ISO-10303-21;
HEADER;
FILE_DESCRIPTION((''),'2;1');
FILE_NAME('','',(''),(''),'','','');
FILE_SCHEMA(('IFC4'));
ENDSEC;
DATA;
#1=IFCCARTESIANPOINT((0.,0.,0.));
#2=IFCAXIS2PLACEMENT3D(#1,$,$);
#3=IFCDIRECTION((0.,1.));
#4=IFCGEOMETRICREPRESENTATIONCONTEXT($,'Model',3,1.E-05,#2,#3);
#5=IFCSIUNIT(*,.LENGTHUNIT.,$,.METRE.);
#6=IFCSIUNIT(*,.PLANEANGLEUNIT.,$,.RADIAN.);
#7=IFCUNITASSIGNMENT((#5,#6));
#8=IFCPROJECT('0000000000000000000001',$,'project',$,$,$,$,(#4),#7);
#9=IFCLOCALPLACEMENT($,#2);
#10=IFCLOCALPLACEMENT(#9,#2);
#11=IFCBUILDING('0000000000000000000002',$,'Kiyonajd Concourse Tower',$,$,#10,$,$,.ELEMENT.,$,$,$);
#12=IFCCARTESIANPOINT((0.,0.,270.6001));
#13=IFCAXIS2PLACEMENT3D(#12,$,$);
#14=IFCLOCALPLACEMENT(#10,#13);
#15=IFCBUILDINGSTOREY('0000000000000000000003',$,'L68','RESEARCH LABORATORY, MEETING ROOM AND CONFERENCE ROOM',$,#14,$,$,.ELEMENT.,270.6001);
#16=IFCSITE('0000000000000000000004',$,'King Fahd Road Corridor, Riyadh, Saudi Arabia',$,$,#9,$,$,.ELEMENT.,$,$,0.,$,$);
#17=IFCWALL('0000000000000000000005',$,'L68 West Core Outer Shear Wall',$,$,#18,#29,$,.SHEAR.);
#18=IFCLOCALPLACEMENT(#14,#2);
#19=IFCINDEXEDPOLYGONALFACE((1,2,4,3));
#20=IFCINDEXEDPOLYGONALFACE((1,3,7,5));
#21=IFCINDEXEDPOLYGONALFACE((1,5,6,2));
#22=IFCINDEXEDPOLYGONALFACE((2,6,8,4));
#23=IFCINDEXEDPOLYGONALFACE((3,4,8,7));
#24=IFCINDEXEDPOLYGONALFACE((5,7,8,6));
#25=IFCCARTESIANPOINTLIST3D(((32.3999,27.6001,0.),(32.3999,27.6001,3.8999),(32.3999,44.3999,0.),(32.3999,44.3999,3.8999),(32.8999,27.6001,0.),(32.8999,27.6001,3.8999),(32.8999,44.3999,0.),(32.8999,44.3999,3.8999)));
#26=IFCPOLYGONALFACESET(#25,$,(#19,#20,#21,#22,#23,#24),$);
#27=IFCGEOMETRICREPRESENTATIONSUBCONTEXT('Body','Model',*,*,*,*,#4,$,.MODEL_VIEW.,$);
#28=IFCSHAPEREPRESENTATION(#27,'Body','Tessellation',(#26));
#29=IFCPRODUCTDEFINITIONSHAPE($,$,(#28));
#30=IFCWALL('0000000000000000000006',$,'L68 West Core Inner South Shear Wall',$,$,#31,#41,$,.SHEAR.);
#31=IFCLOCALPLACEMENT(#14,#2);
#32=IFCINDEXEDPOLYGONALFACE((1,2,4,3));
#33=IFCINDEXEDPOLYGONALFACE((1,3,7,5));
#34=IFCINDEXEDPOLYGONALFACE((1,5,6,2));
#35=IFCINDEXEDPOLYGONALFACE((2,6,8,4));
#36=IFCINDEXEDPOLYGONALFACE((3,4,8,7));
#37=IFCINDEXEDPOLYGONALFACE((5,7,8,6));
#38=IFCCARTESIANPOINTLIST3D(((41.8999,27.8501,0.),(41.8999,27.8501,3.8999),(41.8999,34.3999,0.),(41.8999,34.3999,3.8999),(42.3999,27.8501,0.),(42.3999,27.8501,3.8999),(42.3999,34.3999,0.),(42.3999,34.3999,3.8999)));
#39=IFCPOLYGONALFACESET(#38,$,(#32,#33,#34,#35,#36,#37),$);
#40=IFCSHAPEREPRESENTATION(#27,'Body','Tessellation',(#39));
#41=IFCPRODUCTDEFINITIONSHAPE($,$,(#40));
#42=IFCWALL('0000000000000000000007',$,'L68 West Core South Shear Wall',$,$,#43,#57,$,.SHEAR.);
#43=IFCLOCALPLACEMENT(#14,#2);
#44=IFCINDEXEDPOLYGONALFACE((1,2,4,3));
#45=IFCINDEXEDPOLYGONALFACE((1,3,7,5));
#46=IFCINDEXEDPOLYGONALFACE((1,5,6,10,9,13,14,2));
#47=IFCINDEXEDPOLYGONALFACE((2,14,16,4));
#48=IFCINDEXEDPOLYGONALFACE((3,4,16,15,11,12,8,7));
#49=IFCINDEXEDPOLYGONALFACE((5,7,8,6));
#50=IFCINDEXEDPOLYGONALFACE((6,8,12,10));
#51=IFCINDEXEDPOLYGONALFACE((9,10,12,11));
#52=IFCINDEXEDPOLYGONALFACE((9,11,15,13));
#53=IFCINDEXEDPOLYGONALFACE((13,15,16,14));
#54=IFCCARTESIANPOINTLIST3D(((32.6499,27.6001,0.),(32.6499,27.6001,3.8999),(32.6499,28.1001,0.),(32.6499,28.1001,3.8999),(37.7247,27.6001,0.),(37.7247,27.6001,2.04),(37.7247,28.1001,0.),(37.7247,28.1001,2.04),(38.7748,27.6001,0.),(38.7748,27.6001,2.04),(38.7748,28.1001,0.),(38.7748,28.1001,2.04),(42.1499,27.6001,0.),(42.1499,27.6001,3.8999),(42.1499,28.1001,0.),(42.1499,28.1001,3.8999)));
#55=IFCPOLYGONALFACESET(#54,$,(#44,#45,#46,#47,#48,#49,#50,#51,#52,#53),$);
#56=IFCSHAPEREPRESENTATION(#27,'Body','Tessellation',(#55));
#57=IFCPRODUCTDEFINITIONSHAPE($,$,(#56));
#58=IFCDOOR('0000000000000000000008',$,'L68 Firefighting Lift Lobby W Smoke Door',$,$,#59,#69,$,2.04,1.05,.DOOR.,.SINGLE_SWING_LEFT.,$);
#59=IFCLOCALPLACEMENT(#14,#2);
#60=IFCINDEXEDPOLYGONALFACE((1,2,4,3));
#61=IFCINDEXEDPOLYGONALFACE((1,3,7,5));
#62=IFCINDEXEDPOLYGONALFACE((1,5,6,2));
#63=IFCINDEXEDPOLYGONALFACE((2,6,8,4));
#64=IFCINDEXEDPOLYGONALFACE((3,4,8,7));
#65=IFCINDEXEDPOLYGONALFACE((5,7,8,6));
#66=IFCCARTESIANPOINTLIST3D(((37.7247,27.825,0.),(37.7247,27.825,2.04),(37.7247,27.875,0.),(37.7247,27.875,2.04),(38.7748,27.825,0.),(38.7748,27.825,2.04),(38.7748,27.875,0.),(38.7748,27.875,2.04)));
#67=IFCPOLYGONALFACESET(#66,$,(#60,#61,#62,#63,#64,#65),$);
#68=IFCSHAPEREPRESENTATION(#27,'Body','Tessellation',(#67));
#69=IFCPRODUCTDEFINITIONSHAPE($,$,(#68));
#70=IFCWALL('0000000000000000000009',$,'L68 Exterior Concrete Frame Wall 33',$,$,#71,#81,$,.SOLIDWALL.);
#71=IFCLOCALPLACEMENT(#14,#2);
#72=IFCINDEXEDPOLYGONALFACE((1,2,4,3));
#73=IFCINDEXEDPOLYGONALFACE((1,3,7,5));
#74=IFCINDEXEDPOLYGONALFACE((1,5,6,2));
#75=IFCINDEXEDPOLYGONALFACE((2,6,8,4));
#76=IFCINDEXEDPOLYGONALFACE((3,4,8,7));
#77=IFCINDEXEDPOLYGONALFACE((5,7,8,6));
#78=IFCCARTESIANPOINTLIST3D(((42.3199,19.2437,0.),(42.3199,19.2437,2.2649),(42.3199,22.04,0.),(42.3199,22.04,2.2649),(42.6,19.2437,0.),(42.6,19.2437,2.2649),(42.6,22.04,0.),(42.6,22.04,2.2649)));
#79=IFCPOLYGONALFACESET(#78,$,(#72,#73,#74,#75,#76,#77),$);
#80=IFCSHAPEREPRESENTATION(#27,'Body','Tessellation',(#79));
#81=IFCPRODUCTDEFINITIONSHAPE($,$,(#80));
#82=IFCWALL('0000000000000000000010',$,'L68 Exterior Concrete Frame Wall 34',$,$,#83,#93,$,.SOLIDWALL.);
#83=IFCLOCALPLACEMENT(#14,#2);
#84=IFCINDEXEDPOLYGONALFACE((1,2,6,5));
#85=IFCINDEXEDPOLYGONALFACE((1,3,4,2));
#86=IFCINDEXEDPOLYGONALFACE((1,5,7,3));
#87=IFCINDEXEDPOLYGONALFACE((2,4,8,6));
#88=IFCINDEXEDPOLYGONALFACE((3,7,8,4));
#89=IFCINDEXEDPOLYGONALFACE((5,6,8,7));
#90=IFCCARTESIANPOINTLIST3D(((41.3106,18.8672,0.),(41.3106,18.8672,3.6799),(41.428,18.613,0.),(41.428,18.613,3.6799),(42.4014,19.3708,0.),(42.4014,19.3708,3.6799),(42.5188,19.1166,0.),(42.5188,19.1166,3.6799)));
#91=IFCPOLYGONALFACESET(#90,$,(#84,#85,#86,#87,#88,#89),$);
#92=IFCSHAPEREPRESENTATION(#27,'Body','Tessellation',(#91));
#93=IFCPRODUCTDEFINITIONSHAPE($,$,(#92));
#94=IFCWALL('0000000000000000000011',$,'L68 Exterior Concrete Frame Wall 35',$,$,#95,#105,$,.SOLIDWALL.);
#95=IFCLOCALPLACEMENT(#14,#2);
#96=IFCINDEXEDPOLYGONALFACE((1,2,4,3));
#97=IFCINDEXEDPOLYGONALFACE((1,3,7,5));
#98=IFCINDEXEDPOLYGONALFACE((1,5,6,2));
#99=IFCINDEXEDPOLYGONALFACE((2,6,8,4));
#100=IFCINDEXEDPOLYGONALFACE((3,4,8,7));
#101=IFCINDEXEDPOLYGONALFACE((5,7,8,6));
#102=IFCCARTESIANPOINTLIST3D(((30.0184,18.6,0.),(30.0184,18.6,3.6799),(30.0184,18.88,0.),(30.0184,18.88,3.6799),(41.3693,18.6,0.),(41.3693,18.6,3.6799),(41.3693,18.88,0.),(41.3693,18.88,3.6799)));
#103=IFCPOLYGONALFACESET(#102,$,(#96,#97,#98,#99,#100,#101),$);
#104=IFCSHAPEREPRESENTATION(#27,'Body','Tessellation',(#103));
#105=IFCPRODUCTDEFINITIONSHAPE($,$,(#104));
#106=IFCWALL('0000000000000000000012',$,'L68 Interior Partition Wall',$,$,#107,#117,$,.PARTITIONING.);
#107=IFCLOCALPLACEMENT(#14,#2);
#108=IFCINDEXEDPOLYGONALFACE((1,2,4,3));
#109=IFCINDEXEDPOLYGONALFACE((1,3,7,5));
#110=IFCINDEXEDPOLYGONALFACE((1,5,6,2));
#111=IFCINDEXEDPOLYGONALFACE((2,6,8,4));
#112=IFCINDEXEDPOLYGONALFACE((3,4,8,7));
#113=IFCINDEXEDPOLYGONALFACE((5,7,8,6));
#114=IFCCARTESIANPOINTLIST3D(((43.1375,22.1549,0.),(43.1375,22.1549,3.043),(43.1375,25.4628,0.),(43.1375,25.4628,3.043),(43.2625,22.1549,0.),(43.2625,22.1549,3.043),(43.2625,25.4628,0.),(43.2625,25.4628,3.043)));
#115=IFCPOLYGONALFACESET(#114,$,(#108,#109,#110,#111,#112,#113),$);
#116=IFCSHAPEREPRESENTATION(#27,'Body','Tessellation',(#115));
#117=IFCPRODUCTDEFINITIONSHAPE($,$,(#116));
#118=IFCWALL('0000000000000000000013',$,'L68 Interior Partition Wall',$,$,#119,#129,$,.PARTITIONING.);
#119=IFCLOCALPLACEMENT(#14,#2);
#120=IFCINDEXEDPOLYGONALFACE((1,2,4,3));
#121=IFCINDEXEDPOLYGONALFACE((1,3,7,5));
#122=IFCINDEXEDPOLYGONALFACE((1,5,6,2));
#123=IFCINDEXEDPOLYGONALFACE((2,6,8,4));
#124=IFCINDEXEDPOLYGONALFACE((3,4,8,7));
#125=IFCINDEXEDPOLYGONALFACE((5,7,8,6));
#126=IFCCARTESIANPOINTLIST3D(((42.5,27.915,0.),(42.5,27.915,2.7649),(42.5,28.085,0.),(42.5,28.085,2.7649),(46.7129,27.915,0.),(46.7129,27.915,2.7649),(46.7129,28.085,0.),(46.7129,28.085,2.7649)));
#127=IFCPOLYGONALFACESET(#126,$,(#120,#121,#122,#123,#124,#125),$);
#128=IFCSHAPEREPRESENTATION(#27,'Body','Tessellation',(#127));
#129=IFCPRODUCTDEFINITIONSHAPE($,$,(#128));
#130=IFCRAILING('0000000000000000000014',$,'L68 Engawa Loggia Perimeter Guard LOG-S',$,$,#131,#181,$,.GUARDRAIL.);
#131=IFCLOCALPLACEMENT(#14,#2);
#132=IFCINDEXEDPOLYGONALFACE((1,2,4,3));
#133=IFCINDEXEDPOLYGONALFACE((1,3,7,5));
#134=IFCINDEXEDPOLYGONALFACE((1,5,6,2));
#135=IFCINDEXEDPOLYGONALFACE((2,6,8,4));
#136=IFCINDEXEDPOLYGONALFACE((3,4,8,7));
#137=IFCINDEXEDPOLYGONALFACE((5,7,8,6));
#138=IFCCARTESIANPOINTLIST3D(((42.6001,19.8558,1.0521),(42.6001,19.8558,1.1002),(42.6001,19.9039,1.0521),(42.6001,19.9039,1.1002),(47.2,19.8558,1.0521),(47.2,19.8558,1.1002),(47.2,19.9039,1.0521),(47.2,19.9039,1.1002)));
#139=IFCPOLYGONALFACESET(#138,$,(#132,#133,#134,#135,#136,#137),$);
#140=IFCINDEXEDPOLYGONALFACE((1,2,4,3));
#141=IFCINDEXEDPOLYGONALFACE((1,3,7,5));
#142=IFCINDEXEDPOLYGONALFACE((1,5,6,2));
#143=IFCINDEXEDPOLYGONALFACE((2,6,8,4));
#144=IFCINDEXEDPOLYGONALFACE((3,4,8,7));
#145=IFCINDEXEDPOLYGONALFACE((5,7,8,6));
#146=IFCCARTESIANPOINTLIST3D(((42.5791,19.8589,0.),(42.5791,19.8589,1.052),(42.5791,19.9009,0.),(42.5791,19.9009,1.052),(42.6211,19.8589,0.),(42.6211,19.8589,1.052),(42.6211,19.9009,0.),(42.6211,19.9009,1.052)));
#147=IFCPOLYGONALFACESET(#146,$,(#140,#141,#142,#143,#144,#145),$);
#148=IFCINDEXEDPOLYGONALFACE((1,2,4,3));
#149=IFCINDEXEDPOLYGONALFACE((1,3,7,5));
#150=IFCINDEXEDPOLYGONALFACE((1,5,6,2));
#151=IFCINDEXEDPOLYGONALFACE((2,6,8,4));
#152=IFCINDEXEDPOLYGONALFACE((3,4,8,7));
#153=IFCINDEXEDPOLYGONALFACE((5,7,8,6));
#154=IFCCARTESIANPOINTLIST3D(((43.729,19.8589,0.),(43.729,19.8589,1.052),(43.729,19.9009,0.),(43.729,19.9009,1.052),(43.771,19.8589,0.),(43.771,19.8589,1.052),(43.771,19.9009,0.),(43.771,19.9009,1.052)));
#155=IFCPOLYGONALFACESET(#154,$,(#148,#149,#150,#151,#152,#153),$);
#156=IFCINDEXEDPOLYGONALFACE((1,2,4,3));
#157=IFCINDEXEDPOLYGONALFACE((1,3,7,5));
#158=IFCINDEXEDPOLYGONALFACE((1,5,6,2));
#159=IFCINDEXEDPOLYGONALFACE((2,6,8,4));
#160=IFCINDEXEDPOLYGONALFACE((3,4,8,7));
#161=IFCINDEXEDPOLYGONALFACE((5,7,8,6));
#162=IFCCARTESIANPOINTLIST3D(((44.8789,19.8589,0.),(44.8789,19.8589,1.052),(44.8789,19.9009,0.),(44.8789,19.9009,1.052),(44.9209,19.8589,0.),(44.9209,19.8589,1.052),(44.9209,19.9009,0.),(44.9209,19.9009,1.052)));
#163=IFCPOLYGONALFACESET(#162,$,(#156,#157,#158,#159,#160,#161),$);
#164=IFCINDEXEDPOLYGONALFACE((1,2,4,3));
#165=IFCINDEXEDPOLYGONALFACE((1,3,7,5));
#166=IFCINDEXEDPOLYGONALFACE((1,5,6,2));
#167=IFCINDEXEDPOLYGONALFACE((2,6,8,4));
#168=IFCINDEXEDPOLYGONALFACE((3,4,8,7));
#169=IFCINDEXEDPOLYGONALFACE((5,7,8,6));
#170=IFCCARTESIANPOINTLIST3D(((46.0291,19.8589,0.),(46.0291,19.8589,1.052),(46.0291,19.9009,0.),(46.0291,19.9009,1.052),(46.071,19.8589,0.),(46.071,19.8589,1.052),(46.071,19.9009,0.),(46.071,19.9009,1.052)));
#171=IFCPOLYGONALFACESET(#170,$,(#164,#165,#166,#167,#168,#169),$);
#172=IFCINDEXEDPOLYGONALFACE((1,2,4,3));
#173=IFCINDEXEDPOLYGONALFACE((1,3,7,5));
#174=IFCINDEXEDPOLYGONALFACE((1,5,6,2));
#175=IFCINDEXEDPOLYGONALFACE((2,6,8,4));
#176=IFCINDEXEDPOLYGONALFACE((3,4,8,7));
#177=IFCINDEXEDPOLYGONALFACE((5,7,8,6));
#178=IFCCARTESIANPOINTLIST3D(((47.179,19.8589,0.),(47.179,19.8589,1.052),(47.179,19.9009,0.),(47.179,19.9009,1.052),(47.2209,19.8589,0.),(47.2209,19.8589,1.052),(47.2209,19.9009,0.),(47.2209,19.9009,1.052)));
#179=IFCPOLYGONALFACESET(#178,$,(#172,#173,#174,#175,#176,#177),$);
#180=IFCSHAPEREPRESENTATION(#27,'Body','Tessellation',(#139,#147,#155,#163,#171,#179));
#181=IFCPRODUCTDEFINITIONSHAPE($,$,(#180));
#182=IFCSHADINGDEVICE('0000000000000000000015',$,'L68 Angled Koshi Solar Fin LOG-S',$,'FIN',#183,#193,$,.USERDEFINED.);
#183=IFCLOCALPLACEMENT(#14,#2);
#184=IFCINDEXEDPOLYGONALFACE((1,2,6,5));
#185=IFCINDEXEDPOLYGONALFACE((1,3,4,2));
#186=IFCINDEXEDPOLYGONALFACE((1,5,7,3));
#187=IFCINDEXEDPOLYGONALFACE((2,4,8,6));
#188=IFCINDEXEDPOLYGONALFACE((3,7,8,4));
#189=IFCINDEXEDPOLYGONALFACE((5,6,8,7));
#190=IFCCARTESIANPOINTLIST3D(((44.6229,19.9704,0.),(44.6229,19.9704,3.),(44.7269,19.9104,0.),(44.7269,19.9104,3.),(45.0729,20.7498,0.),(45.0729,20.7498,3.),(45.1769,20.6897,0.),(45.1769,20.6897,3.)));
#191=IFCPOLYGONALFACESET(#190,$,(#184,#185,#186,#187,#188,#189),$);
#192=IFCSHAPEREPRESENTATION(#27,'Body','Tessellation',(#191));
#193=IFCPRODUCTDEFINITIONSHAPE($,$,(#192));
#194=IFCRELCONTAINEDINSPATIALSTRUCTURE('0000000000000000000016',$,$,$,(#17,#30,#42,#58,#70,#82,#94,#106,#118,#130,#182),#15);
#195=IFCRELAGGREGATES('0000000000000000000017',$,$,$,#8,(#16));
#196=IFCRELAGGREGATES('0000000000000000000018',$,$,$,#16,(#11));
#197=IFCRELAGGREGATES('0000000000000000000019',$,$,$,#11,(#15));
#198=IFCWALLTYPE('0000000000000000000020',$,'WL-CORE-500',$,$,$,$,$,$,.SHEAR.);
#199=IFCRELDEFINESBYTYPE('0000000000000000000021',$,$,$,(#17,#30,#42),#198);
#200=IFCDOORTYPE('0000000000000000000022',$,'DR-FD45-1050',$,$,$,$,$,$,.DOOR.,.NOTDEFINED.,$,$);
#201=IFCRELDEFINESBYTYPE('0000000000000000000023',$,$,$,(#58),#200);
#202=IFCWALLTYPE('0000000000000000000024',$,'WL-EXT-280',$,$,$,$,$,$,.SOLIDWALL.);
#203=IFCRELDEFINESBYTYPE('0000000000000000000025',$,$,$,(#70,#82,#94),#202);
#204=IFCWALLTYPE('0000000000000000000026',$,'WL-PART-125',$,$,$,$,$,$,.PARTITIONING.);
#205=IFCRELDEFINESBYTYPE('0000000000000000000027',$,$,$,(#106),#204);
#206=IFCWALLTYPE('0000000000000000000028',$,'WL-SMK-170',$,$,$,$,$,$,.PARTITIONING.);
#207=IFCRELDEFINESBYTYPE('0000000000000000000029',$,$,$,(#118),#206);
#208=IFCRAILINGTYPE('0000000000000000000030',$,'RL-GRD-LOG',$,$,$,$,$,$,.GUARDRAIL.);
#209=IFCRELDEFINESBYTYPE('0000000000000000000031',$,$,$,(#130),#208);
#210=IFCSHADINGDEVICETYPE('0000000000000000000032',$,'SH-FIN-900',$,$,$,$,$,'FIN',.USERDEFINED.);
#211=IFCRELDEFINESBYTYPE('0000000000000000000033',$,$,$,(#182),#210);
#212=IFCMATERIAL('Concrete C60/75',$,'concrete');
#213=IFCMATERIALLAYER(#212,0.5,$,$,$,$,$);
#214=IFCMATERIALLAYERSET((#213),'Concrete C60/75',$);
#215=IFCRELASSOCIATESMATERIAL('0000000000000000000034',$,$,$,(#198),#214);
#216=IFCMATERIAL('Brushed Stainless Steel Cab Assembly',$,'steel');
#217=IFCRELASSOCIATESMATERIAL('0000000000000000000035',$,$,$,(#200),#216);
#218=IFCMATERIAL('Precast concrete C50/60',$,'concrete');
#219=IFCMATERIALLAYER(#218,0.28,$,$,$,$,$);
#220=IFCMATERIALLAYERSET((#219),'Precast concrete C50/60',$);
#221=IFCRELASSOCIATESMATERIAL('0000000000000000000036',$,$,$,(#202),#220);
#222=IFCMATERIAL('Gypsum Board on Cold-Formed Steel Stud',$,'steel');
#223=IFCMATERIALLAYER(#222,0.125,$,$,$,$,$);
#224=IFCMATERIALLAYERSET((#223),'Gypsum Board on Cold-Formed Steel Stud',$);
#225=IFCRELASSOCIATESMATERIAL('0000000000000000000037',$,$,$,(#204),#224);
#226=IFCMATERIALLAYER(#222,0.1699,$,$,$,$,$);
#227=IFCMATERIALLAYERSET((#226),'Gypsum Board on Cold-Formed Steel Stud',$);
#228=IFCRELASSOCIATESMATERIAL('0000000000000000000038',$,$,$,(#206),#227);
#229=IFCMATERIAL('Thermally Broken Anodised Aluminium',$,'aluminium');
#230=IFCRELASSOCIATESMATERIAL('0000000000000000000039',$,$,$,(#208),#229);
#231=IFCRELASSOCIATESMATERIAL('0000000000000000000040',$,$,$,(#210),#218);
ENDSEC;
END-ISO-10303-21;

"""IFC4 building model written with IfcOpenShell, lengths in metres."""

from ifc_helpers import new_model, si_unit, direction, frame, frame_2d, origin, origin_2d, place, context, subcontext, project, spatial, rectangle, extrude, material, layer, layer_set, type_object, element, fill, save


model = new_model("IFC4")

# Units and contexts
model_context = context("Model", 3, precision=1e-05, world=origin(), true_north=direction((0.0, 1.0)))
body_context = subcontext(model_context, "Body", "Model", "MODEL_VIEW")
ifc_project = project(units=[si_unit("LENGTHUNIT", "METRE"), si_unit("PLANEANGLEUNIT", "RADIAN")], contexts=[model_context])

# Site, building, storey
site_placement = place(None, origin())
site = spatial("IfcSite", under=ifc_project, at=site_placement, Name="King Fahd Road Corridor, Riyadh, Saudi Arabia", CompositionType="ELEMENT", RefElevation=0.0)
building_placement = place(site_placement, origin())
building = spatial("IfcBuilding", under=site, at=building_placement, Name="Kiyonajd Concourse Tower", CompositionType="ELEMENT")
storey_placement = place(building_placement, frame((0.0, 0.0, 270.6001)))
storey = spatial("IfcBuildingStorey", under=building, at=storey_placement, Name="L68", Description="RESEARCH LABORATORY, MEETING ROOM AND CONFERENCE ROOM", CompositionType="ELEMENT", Elevation=270.6001)

# Shared definitions
ifc_material_1 = material(Name="Concrete C60/75", Category="concrete")

# Shared definitions
ifc_material_2 = material(Name="Thermally Broken Anodised Aluminium", Category="aluminium")

# Walls
ifc_layer_1 = layer(ifc_material_1, 0.5)
ifc_layer_set_1 = layer_set([ifc_layer_1], Name="Concrete C60/75")
wall_type_1 = type_object("IfcWallType", Name="WL-CORE-500", PredefinedType="SHEAR", material=ifc_layer_set_1)
wall_1_placement = place(storey_placement, frame((32.6499, 27.6001, 0.0), z_axis=(0.0, 0.0, 1.0), x_axis=(0.0, 1.0, 0.0)))
element("IfcWall", 1, at=wall_1_placement, inside=storey, type_object=wall_type_1, Name="L68 West Core Outer Shear Wall", PredefinedType="SHEAR", context=body_context, shape_type="SweptSolid", body=[
    extrude(rectangle(XDim=16.7998, YDim=0.5, at=frame_2d((8.3999, 0.0))), origin(), (0.0, 0.0, 1.0), 3.8999),
])
wall_2_placement = place(storey_placement, frame((42.1499, 27.8501, 0.0), z_axis=(0.0, 0.0, 1.0), x_axis=(0.0, 1.0, 0.0)))
element("IfcWall", 2, at=wall_2_placement, inside=storey, type_object=wall_type_1, Name="L68 West Core Inner South Shear Wall", PredefinedType="SHEAR", context=body_context, shape_type="SweptSolid", body=[
    extrude(rectangle(XDim=6.5498, YDim=0.5, at=frame_2d((3.2749, 0.0))), origin(), (0.0, 0.0, 1.0), 3.8999),
])

# Wall, opening, door
wall_3_placement = place(storey_placement, frame((32.6499, 27.8501, 0.0), z_axis=(0.0, 0.0, 1.0), x_axis=(1.0, 0.0, 0.0)))
wall_3 = element("IfcWall", 3, at=wall_3_placement, inside=storey, type_object=wall_type_1, Name="L68 West Core South Shear Wall", PredefinedType="SHEAR", context=body_context, shape_type="SweptSolid", body=[
    extrude(rectangle(XDim=9.5, YDim=0.5, at=frame_2d((4.75, 0.0))), origin(), (0.0, 0.0, 1.0), 3.8999),
])
opening_placement = place(wall_3_placement, frame((5.075, 0.0, 0.0)))
opening = element("IfcOpeningElement", 4, at=opening_placement, cuts=wall_3, PredefinedType="OPENING", context=body_context, shape_type="SweptSolid", body=[
    extrude(rectangle(XDim=1.05, YDim=2.04, at=frame_2d((0.5249, 1.02))), frame((0.0, 0.26, 0.0), z_axis=(0.0, -1.0, 0.0), x_axis=(1.0, 0.0, 0.0)), (0.0, 0.0, 1.0), 0.52),
])
ifc_material_3 = material(Name="Brushed Stainless Steel Cab Assembly", Category="steel")
door_type = type_object("IfcDoorType", Name="DR-FD45-1050", OperationType="NOTDEFINED", PredefinedType="DOOR", material=ifc_material_3)
door_placement = place(opening_placement, origin())
door = element("IfcDoor", 5, at=door_placement, inside=storey, type_object=door_type, Name="L68 Firefighting Lift Lobby W Smoke Door", OperationType="SINGLE_SWING_LEFT", OverallHeight=2.04, OverallWidth=1.05, PredefinedType="DOOR", context=body_context, shape_type="SweptSolid", body=[
    extrude(rectangle(XDim=1.05, YDim=2.04, at=frame_2d((0.5249, 1.02))), frame((0.0, 0.0249, 0.0), z_axis=(0.0, -1.0, 0.0), x_axis=(1.0, 0.0, 0.0)), (0.0, 0.0, 1.0), 0.05),
])
fill(opening, door)

# Walls
ifc_material_4 = material(Name="Precast concrete C50/60", Category="concrete")
ifc_layer_2 = layer(ifc_material_4, 0.28)
ifc_layer_set_2 = layer_set([ifc_layer_2], Name="Precast concrete C50/60")
wall_type_2 = type_object("IfcWallType", Name="WL-EXT-280", PredefinedType="SOLIDWALL", material=ifc_layer_set_2)
wall_4_placement = place(storey_placement, frame((42.46, 22.04, 0.0), z_axis=(0.0, 0.0, 1.0), x_axis=(0.0, -1.0, 0.0)))
element("IfcWall", 6, at=wall_4_placement, inside=storey, type_object=wall_type_2, Name="L68 Exterior Concrete Frame Wall 33", PredefinedType="SOLIDWALL", context=body_context, shape_type="SweptSolid", body=[
    extrude(rectangle(XDim=2.7964, YDim=0.28, at=frame_2d((1.3982, 0.0))), origin(), (0.0, 0.0, 1.0), 2.2649),
])
wall_5_placement = place(storey_placement, frame((42.46, 19.2437, 0.0), z_axis=(0.0, 0.0, 1.0), x_axis=(-0.907894, -0.4192, 0.0)))
element("IfcWall", 7, at=wall_5_placement, inside=storey, type_object=wall_type_2, Name="L68 Exterior Concrete Frame Wall 34", PredefinedType="SOLIDWALL", context=body_context, shape_type="SweptSolid", body=[
    extrude(rectangle(XDim=1.2014, YDim=0.28, at=frame_2d((0.6006, 0.0))), origin(), (0.0, 0.0, 1.0), 3.6799),
])
wall_6_placement = place(storey_placement, frame((41.3691, 18.74, 0.0), z_axis=(0.0, 0.0, 1.0), x_axis=(-1.0, 0.0, 0.0)))
element("IfcWall", 8, at=wall_6_placement, inside=storey, type_object=wall_type_2, Name="L68 Exterior Concrete Frame Wall 35", PredefinedType="SOLIDWALL", context=body_context, shape_type="SweptSolid", body=[
    extrude(rectangle(XDim=11.3508, YDim=0.28, at=frame_2d((5.6753, 0.0))), origin(), (0.0, 0.0, 1.0), 3.6799),
])
ifc_material_5 = material(Name="Gypsum Board on Cold-Formed Steel Stud", Category="steel")
ifc_layer_3 = layer(ifc_material_5, 0.125)
ifc_layer_set_3 = layer_set([ifc_layer_3], Name="Gypsum Board on Cold-Formed Steel Stud")
wall_type_3 = type_object("IfcWallType", Name="WL-PART-125", PredefinedType="PARTITIONING", material=ifc_layer_set_3)
wall_7_placement = place(storey_placement, frame((43.2, 22.155, 0.0), z_axis=(0.0, 0.0, 1.0), x_axis=(0.0, 1.0, 0.0)))
element("IfcWall", 9, at=wall_7_placement, inside=storey, type_object=wall_type_3, Name="L68 Interior Partition Wall", PredefinedType="PARTITIONING", context=body_context, shape_type="SweptSolid", body=[
    extrude(rectangle(XDim=3.3079, YDim=0.125, at=frame_2d((1.6538, 0.0))), origin(), (0.0, 0.0, 1.0), 3.043),
])
ifc_layer_4 = layer(ifc_material_5, 0.1699)
ifc_layer_set_4 = layer_set([ifc_layer_4], Name="Gypsum Board on Cold-Formed Steel Stud")
wall_type_4 = type_object("IfcWallType", Name="WL-SMK-170", PredefinedType="PARTITIONING", material=ifc_layer_set_4)
wall_8_placement = place(storey_placement, frame((42.5, 28.0, 0.0), z_axis=(0.0, 0.0, 1.0), x_axis=(1.0, 0.0, 0.0)))
element("IfcWall", 10, at=wall_8_placement, inside=storey, type_object=wall_type_4, Name="L68 Interior Partition Wall", PredefinedType="PARTITIONING", context=body_context, shape_type="SweptSolid", body=[
    extrude(rectangle(XDim=4.2129, YDim=0.1699, at=frame_2d((2.1064, 0.0))), origin(), (0.0, 0.0, 1.0), 2.7649),
])

# Railing
railing_type = type_object("IfcRailingType", Name="RL-GRD-LOG", PredefinedType="GUARDRAIL", material=ifc_material_2)
railing_placement = place(storey_placement, frame((42.6001, 19.8799, 0.0)))
element("IfcRailing", 11, at=railing_placement, inside=storey, type_object=railing_type, Name="L68 Engawa Loggia Perimeter Guard LOG-S", PredefinedType="GUARDRAIL", context=body_context, shape_type="SweptSolid", body=[
    extrude(rectangle(XDim=0.0481, YDim=0.0481, at=origin_2d()), frame((0.0, 0.0, 1.0762), z_axis=(1.0, 0.0, 0.0), x_axis=(0.0, 1.0, 0.0)), (0.0, 0.0, 1.0), 4.5999),
    extrude(rectangle(XDim=0.042, YDim=0.042, at=origin_2d()), origin(), (0.0, 0.0, 1.0), 1.052),
    extrude(rectangle(XDim=0.042, YDim=0.042, at=origin_2d()), frame((1.1499, 0.0, 0.0)), (0.0, 0.0, 1.0), 1.052),
    extrude(rectangle(XDim=0.042, YDim=0.042, at=origin_2d()), frame((2.2998, 0.0, 0.0)), (0.0, 0.0, 1.0), 1.052),
    extrude(rectangle(XDim=0.042, YDim=0.042, at=origin_2d()), frame((3.45, 0.0, 0.0)), (0.0, 0.0, 1.0), 1.052),
    extrude(rectangle(XDim=0.042, YDim=0.042, at=origin_2d()), frame((4.5999, 0.0, 0.0)), (0.0, 0.0, 1.0), 1.052),
])

# Shading device
shading_device_type_1 = type_object("IfcShadingDeviceType", Name="SH-FIN-900", ElementType="FIN", PredefinedType="USERDEFINED", material=ifc_material_4)
shading_device_1_placement = place(storey_placement, frame((44.8999, 20.3301, 0.0), z_axis=(0.0, 0.0, 1.0), x_axis=(0.5, 0.866025, 0.0)))
element("IfcShadingDevice", 12, at=shading_device_1_placement, inside=storey, type_object=shading_device_type_1, Name="L68 Angled Koshi Solar Fin LOG-S", ObjectType="FIN", PredefinedType="USERDEFINED", context=body_context, shape_type="SweptSolid", body=[
    extrude(rectangle(XDim=0.8999, YDim=0.1201, at=origin_2d()), origin(), (0.0, 0.0, 1.0), 3.0),
])

save(model, "model.ifc")
